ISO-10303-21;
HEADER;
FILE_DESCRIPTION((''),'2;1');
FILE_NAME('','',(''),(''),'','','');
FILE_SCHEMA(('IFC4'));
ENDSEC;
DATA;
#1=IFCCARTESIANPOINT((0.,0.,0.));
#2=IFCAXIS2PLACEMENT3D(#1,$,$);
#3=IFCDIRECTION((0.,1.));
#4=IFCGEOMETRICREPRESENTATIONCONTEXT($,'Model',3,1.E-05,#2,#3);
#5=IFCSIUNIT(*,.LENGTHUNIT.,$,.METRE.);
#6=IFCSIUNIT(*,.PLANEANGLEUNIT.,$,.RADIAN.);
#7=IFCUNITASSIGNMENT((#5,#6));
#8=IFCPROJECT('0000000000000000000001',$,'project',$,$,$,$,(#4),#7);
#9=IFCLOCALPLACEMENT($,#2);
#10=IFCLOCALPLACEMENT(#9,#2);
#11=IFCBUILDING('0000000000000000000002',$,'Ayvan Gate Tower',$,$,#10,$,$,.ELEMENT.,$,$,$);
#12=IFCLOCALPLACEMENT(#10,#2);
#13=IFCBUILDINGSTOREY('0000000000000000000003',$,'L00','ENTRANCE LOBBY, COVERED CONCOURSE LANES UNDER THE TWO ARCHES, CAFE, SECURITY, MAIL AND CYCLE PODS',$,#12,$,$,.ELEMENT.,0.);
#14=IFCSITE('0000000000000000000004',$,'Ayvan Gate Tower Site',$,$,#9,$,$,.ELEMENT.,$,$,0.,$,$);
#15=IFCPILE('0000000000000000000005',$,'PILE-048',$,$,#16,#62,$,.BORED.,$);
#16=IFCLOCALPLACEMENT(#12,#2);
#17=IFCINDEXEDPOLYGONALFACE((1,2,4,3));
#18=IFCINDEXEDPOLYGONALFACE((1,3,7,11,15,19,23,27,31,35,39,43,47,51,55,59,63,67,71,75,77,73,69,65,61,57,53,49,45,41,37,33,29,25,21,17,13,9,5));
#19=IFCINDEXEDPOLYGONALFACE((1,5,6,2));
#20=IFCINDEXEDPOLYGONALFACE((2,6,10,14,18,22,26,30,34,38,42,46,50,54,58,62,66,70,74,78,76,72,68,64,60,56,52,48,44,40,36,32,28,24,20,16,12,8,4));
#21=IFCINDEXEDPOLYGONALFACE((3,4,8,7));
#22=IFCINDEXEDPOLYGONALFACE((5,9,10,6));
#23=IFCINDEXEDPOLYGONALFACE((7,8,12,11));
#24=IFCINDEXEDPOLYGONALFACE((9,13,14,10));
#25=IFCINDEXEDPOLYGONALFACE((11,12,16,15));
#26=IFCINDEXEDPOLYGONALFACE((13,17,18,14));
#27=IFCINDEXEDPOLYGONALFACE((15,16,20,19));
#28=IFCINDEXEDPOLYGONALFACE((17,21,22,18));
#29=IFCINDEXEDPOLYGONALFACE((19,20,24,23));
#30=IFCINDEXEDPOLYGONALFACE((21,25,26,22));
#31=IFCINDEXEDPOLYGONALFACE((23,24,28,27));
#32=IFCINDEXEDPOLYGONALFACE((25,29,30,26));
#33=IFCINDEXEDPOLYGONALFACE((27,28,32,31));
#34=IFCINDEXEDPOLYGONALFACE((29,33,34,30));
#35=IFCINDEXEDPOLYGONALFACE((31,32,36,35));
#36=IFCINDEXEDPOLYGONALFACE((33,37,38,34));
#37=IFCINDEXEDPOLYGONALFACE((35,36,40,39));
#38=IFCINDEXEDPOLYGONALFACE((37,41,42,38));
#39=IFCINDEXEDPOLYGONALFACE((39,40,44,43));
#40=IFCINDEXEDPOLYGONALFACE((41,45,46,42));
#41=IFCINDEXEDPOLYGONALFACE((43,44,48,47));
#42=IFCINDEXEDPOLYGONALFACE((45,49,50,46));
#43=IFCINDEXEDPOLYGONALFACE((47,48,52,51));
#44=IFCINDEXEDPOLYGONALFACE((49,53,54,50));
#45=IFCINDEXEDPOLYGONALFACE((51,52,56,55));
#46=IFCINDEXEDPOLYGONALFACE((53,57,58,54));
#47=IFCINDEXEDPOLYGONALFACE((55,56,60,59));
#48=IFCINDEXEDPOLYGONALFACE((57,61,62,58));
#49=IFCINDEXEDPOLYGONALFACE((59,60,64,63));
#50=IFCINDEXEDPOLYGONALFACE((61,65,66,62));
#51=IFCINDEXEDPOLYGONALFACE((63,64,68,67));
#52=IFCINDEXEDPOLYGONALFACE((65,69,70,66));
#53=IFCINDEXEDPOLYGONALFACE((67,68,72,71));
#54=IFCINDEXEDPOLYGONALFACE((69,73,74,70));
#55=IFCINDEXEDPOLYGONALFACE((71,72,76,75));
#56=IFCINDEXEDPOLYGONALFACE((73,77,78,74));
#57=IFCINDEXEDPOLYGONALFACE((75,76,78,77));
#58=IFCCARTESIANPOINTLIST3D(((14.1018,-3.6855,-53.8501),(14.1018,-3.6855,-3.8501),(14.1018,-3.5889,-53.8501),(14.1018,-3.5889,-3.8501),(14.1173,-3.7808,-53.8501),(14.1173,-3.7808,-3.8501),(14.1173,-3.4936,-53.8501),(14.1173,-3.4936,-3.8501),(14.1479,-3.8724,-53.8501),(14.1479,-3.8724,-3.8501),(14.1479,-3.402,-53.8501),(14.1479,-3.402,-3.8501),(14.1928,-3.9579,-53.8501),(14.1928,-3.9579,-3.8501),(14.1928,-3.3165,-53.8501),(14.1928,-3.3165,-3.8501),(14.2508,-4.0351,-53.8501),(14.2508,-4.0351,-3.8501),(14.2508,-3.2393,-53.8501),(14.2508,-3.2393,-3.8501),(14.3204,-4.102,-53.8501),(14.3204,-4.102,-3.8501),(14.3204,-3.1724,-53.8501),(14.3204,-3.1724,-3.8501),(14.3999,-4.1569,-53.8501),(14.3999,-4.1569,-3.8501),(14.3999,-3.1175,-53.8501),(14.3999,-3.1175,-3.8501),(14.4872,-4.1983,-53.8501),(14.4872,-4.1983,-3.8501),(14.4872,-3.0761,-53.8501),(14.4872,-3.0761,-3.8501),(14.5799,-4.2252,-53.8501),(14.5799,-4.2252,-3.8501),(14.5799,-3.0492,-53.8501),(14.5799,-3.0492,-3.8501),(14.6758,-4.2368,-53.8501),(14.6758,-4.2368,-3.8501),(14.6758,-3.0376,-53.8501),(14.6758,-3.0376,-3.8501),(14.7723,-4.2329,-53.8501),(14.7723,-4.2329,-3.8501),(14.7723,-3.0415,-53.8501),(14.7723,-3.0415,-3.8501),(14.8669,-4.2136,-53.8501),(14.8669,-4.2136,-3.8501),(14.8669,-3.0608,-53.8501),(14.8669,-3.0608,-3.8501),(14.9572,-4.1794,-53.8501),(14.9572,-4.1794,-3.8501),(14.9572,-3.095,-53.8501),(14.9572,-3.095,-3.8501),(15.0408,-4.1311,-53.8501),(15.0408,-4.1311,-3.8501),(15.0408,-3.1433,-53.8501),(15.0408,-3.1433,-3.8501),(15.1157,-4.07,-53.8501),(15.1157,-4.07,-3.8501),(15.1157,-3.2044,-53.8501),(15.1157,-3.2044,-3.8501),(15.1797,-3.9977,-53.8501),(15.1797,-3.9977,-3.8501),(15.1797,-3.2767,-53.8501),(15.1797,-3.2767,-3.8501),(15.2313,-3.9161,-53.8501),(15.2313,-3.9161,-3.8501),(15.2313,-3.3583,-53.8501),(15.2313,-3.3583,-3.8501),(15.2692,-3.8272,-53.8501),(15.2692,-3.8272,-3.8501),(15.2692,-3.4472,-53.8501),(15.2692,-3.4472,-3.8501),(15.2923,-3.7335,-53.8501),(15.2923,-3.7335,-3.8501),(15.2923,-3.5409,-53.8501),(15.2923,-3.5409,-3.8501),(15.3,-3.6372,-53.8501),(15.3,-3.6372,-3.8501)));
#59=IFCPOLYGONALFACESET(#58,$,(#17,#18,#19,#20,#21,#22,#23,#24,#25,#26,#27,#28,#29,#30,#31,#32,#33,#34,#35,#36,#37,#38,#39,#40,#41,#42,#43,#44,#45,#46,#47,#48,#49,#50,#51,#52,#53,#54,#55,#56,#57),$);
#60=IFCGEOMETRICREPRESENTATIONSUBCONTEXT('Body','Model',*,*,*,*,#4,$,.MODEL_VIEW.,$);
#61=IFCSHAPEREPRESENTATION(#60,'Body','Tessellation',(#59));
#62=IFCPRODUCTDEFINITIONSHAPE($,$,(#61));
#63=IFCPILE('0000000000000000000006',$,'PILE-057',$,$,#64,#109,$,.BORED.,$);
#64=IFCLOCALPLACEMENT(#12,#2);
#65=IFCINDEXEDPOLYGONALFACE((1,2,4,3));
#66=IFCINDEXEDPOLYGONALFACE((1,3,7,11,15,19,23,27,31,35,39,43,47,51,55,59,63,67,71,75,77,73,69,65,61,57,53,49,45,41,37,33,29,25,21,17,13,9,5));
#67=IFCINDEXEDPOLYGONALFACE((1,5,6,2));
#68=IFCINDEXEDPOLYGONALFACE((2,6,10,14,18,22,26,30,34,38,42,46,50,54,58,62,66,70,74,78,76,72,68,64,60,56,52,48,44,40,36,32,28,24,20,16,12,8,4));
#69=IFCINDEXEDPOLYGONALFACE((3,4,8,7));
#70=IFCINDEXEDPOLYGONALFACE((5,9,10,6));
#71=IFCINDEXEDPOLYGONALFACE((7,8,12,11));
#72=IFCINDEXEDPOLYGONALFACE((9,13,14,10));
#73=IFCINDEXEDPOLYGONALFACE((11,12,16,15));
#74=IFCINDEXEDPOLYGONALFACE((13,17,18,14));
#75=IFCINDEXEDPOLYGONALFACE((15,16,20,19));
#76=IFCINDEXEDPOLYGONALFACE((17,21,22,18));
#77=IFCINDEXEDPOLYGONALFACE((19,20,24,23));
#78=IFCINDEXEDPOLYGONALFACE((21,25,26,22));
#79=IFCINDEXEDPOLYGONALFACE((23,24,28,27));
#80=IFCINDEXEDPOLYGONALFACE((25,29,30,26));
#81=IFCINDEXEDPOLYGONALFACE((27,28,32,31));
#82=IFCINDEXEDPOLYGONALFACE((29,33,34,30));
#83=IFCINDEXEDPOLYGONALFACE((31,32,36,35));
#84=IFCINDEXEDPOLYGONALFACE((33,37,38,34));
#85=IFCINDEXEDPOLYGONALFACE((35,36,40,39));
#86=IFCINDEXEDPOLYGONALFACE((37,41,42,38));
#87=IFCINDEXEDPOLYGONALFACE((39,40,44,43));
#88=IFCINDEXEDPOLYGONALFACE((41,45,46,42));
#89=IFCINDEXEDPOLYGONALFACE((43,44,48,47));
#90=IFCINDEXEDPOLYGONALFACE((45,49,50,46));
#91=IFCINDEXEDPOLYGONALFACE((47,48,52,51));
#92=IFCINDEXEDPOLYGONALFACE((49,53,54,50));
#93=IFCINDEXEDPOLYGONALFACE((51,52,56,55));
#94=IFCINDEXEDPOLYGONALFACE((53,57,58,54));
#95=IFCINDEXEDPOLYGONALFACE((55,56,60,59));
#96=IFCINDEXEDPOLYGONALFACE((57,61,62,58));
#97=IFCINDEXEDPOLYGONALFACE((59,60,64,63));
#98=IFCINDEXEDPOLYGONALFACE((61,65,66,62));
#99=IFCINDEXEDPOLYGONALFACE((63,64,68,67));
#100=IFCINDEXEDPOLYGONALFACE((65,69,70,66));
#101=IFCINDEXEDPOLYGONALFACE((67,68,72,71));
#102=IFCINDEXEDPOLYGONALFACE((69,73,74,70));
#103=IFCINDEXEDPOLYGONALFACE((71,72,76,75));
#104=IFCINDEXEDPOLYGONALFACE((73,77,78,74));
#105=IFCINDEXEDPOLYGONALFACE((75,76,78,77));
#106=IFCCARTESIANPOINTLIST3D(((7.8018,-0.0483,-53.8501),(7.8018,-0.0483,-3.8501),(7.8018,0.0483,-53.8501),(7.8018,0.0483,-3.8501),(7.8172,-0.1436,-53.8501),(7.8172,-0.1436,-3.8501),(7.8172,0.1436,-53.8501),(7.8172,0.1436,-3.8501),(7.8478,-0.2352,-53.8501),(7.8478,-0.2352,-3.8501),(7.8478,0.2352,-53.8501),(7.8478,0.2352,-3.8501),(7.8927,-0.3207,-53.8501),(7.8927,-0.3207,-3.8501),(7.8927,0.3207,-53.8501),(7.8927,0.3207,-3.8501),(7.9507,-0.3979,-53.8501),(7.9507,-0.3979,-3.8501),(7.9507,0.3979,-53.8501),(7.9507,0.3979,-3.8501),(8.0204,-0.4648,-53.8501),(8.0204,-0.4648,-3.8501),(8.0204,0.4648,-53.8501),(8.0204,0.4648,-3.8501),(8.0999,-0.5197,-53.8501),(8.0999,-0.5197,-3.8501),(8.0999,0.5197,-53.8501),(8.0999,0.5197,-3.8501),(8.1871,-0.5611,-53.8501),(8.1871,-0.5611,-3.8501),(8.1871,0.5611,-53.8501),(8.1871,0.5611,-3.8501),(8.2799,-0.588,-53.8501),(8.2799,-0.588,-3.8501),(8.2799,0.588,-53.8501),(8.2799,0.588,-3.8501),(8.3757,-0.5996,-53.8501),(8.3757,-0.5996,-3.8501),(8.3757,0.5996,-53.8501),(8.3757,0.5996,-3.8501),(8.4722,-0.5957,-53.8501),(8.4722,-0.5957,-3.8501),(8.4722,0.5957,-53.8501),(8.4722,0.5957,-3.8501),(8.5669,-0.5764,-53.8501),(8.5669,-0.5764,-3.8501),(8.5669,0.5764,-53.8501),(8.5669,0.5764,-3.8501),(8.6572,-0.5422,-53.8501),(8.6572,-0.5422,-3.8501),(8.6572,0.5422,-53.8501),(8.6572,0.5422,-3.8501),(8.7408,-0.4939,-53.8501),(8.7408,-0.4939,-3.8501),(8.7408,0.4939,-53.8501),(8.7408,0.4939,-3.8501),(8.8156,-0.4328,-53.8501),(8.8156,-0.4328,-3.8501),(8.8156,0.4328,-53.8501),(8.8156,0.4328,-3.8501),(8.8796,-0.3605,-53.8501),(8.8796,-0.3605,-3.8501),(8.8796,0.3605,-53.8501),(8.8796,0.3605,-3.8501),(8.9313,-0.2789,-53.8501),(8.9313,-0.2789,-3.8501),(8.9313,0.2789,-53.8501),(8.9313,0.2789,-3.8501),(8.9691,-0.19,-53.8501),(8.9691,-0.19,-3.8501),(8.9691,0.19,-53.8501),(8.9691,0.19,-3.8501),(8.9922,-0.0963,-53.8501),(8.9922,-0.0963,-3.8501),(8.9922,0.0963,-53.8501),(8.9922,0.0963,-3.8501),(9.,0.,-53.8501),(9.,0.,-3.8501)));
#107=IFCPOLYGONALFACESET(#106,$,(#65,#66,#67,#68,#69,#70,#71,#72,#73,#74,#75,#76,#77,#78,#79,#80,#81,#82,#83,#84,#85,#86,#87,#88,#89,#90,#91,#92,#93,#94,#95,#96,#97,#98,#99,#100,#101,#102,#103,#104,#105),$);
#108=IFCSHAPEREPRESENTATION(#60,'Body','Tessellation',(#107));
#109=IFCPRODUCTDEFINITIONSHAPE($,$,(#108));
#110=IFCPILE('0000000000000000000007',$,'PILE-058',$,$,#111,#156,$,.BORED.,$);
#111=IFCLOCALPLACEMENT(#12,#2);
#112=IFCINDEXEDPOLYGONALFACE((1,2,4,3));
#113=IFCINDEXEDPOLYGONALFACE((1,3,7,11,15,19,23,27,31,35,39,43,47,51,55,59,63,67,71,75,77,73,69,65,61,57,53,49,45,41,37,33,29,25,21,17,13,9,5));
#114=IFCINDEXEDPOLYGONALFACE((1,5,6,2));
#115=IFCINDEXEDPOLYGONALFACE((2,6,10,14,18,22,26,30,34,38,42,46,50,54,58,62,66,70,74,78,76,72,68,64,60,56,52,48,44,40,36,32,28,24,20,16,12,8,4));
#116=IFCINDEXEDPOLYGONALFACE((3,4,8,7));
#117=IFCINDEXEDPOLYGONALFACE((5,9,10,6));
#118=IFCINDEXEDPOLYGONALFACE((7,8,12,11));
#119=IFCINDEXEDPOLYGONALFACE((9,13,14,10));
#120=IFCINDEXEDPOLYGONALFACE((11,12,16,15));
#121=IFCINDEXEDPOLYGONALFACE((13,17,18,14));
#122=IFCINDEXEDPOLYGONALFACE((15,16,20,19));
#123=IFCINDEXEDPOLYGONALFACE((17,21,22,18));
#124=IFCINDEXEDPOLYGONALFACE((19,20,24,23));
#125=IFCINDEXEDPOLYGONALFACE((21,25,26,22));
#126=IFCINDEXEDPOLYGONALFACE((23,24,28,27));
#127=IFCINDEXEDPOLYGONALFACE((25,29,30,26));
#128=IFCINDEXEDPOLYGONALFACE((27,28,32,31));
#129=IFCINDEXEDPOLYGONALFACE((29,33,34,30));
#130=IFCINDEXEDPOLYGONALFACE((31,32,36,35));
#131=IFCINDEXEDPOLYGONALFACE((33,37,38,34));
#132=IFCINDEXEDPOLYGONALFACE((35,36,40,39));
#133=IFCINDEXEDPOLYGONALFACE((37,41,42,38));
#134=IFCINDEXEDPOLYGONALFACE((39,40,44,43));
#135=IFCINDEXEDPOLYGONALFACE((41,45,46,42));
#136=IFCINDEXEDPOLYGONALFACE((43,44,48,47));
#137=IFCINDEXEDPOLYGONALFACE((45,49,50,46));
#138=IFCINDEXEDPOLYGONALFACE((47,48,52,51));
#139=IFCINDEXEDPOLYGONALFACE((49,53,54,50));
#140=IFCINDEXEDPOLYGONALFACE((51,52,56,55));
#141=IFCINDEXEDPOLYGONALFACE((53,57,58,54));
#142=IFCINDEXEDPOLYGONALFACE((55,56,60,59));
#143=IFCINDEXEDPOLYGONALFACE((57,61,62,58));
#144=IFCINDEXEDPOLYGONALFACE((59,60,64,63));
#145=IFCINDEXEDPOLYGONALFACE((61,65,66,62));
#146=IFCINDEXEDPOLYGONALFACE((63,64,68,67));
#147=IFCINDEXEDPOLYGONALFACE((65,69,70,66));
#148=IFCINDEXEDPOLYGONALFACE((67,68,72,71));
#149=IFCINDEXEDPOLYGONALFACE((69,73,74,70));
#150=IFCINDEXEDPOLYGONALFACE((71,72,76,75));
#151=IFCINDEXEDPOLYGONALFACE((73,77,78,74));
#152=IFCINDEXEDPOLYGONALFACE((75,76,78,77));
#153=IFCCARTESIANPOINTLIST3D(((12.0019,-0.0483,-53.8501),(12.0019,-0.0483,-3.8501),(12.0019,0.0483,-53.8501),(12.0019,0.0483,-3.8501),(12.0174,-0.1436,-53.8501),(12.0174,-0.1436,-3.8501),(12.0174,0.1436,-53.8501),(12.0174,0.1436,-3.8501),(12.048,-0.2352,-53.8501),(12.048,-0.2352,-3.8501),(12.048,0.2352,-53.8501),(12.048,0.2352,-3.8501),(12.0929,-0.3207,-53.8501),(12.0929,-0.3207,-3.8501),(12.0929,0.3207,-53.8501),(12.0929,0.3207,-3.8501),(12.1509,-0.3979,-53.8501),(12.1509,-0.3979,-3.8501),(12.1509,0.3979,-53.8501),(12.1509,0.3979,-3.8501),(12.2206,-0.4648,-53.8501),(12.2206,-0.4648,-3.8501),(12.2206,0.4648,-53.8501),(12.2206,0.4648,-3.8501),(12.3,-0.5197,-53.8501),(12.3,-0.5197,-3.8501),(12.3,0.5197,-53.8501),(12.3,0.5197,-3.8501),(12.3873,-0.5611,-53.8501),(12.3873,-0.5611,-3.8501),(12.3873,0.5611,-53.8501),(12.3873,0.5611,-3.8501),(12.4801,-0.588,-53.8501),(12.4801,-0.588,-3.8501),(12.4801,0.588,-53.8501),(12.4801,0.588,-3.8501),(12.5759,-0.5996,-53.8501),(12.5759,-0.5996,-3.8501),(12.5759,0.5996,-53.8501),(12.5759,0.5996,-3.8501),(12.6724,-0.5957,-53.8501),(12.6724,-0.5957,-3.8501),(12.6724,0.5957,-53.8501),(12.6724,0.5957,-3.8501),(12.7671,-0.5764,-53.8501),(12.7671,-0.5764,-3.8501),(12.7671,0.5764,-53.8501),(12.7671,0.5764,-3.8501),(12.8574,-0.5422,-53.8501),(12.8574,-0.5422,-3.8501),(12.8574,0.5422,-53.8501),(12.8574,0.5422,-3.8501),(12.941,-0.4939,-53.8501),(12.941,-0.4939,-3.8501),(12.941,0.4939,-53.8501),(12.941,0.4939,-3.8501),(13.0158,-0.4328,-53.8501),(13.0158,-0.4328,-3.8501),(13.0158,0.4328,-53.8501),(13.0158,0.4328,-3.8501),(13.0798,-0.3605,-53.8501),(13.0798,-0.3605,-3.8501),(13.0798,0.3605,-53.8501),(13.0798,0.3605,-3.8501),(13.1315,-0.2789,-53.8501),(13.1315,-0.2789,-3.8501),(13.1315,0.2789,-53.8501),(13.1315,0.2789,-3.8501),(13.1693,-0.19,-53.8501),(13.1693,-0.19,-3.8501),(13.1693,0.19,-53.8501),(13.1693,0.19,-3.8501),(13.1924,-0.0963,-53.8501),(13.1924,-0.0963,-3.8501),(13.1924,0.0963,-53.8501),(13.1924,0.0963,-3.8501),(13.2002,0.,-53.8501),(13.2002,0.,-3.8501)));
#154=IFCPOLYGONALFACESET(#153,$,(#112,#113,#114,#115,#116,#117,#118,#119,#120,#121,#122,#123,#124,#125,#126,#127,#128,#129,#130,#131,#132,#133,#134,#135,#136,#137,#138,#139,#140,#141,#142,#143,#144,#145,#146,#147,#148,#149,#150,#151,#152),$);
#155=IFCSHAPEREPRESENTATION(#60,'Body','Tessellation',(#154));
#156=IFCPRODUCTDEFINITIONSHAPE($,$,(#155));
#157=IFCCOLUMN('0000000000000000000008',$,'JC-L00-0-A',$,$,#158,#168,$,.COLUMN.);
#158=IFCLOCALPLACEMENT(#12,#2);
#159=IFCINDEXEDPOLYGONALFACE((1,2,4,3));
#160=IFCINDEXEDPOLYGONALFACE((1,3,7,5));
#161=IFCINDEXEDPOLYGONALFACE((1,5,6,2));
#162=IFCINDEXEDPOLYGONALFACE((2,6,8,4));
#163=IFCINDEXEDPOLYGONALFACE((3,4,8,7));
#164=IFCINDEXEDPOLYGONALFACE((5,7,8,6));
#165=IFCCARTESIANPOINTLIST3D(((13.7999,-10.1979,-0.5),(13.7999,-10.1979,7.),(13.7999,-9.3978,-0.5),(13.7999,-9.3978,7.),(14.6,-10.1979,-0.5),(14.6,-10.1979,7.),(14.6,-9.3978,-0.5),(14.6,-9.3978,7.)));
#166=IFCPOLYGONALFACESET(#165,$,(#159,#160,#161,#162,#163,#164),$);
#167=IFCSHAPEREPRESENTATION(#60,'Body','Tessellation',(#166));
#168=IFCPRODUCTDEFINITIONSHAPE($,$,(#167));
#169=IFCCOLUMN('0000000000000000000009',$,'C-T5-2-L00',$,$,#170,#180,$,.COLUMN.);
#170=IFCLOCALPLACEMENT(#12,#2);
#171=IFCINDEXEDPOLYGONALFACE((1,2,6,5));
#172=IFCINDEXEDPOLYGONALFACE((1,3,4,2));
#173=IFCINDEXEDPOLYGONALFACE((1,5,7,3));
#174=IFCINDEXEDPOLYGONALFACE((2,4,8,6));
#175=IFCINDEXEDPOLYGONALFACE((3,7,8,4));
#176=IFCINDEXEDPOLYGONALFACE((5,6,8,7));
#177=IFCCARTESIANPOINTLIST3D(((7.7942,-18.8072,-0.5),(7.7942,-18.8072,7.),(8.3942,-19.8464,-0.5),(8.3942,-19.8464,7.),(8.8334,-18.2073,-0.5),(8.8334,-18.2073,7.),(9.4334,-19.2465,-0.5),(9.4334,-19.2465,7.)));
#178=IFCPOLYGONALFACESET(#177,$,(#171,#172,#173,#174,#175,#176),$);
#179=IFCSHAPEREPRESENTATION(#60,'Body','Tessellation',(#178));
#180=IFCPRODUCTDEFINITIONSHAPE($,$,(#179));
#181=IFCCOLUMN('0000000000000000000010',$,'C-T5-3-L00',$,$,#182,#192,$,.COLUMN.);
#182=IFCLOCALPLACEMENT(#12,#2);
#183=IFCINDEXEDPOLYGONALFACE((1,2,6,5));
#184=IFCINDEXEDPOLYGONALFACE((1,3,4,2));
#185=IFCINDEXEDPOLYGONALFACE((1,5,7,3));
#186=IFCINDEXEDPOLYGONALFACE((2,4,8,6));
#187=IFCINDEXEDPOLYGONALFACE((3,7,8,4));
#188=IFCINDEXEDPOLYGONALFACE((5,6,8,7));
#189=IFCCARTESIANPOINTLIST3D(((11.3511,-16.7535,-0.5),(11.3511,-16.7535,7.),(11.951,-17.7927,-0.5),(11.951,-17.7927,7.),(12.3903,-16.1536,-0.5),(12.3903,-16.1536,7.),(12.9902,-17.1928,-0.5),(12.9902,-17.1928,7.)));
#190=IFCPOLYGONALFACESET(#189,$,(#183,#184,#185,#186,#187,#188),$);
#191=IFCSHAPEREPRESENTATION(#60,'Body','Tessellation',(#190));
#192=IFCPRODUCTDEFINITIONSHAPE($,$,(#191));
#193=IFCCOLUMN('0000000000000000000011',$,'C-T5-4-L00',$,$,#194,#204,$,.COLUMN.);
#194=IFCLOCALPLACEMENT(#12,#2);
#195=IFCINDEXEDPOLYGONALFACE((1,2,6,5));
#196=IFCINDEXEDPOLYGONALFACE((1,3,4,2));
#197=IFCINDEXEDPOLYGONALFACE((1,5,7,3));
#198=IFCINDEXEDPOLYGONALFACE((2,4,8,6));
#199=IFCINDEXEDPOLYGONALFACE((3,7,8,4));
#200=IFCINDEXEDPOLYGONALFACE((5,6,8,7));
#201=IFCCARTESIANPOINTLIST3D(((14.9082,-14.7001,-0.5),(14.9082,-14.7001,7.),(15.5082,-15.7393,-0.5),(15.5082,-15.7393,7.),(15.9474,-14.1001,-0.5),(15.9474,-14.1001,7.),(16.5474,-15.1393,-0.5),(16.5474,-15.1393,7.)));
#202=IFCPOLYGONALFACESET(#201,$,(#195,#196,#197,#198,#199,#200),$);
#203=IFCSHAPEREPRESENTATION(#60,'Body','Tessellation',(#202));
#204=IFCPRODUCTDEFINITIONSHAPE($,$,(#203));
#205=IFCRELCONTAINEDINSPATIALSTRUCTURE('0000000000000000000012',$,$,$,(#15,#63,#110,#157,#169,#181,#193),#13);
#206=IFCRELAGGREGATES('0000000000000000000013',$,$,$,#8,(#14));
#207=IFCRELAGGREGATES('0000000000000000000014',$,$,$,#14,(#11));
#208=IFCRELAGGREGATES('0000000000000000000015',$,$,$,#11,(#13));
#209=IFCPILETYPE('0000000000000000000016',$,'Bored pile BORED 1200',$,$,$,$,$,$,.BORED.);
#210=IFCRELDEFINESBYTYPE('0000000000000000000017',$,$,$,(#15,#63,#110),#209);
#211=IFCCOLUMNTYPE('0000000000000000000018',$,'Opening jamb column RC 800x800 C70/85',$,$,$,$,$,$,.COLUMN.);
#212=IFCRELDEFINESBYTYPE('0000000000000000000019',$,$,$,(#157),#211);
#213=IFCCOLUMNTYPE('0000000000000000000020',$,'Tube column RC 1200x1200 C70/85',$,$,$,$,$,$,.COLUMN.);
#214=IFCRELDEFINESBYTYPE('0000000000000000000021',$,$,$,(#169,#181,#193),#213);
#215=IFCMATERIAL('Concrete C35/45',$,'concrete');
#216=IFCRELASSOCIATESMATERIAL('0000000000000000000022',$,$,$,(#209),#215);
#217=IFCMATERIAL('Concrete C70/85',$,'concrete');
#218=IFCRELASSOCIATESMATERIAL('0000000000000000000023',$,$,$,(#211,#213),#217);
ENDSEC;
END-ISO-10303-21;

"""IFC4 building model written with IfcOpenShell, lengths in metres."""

from ifc_helpers import new_model, si_unit, direction, frame, origin, origin_2d, place, context, subcontext, project, spatial, rectangle, circle, extrude, material, material_profile, profile_set, type_object, element, save


model = new_model("IFC4")

# Units and contexts
model_context = context("Model", 3, precision=1e-05, world=origin(), true_north=direction((0.0, 1.0)))
body_context = subcontext(model_context, "Body", "Model", "MODEL_VIEW")
ifc_project = project(units=[si_unit("LENGTHUNIT", "METRE"), si_unit("PLANEANGLEUNIT", "RADIAN")], contexts=[model_context])

# Site, building, storey
site_placement = place(None, origin())
site = spatial("IfcSite", under=ifc_project, at=site_placement, Name="Ayvan Gate Tower Site", CompositionType="ELEMENT", RefElevation=0.0)
building_placement = place(site_placement, origin())
building = spatial("IfcBuilding", under=site, at=building_placement, Name="Ayvan Gate Tower", CompositionType="ELEMENT")
storey_placement = place(building_placement, origin())
storey = spatial("IfcBuildingStorey", under=building, at=storey_placement, Name="L00", Description="ENTRANCE LOBBY, COVERED CONCOURSE LANES UNDER THE TWO ARCHES, CAFE, SECURITY, MAIL AND CYCLE PODS", CompositionType="ELEMENT", Elevation=0.0)

# Piles
ifc_material_1 = material(Name="Concrete C35/45", Category="concrete")
ifc_material_profile_1 = material_profile(ifc_material_1, circle(Radius=0.6001, at=origin_2d()), Name="BORED 1200")
ifc_profile_set_1 = profile_set([ifc_material_profile_1], Name="Concrete C35/45")
pile_type = type_object("IfcPileType", Name="Bored pile BORED 1200", PredefinedType="BORED", material=ifc_profile_set_1)
for number, where, z_axis, x_axis, name in (
    (1, (14.7, -3.6372, -3.8501), (0.0, 0.0, -1.0), (1.0, 0.0, 0.0), "PILE-048"),
    (2, (8.3999, 0.0, -3.8501), (0.0, 0.0, -1.0), (1.0, 0.0, 0.0), "PILE-057"),
    (3, (12.6001, 0.0, -3.8501), (0.0, 0.0, -1.0), (1.0, 0.0, 0.0), "PILE-058"),
):
    element("IfcPile", number, at=place(storey_placement, frame(where, z_axis=z_axis, x_axis=x_axis)), inside=storey, type_object=pile_type, Name=name, PredefinedType="BORED", context=body_context, shape_type="SweptSolid", body=[
        extrude(circle(Radius=0.6001, at=origin_2d()), origin(), (0.0, 0.0, 1.0), 50.0),
    ])

# Columns
ifc_material_2 = material(Name="Concrete C70/85", Category="concrete")
ifc_material_profile_2 = material_profile(ifc_material_2, rectangle(XDim=0.8, YDim=0.8, at=origin_2d()), Name="RC 800x800")
ifc_profile_set_2 = profile_set([ifc_material_profile_2], Name="Concrete C70/85")
column_type_1 = type_object("IfcColumnType", Name="Opening jamb column RC 800x800 C70/85", PredefinedType="COLUMN", material=ifc_profile_set_2)
column_placement = place(storey_placement, frame((14.2, -9.7979, -0.5), z_axis=(0.0, 0.0, 1.0), x_axis=(1.0, 0.0, 0.0)))
element("IfcColumn", 4, at=column_placement, inside=storey, type_object=column_type_1, Name="JC-L00-0-A", PredefinedType="COLUMN", context=body_context, shape_type="SweptSolid", body=[
    extrude(rectangle(XDim=0.8, YDim=0.8, at=origin_2d()), origin(), (0.0, 0.0, 1.0), 7.5),
])
ifc_material_profile_3 = material_profile(ifc_material_2, rectangle(XDim=1.2, YDim=1.2, at=origin_2d()), Name="RC 1200x1200")
ifc_profile_set_3 = profile_set([ifc_material_profile_3], Name="Concrete C70/85")
column_type_2 = type_object("IfcColumnType", Name="Tube column RC 1200x1200 C70/85", PredefinedType="COLUMN", material=ifc_profile_set_3)
for number, where, z_axis, x_axis, name in (
    (5, (8.6138, -19.0269, -0.5), (0.0, 0.0, 1.0), (0.5, -0.866025, 0.0), "C-T5-2-L00"),
    (6, (12.1707, -16.9731, -0.5), (0.0, 0.0, 1.0), (0.5, -0.866025, 0.0), "C-T5-3-L00"),
    (7, (15.7278, -14.9197, -0.5), (0.0, 0.0, 1.0), (0.5, -0.866025, 0.0), "C-T5-4-L00"),
):
    element("IfcColumn", number, at=place(storey_placement, frame(where, z_axis=z_axis, x_axis=x_axis)), inside=storey, type_object=column_type_2, Name=name, PredefinedType="COLUMN", context=body_context, shape_type="SweptSolid", body=[
        extrude(rectangle(XDim=1.2, YDim=1.2, at=origin_2d()), origin(), (0.0, 0.0, 1.0), 7.5),
    ])

save(model, "model.ifc")
